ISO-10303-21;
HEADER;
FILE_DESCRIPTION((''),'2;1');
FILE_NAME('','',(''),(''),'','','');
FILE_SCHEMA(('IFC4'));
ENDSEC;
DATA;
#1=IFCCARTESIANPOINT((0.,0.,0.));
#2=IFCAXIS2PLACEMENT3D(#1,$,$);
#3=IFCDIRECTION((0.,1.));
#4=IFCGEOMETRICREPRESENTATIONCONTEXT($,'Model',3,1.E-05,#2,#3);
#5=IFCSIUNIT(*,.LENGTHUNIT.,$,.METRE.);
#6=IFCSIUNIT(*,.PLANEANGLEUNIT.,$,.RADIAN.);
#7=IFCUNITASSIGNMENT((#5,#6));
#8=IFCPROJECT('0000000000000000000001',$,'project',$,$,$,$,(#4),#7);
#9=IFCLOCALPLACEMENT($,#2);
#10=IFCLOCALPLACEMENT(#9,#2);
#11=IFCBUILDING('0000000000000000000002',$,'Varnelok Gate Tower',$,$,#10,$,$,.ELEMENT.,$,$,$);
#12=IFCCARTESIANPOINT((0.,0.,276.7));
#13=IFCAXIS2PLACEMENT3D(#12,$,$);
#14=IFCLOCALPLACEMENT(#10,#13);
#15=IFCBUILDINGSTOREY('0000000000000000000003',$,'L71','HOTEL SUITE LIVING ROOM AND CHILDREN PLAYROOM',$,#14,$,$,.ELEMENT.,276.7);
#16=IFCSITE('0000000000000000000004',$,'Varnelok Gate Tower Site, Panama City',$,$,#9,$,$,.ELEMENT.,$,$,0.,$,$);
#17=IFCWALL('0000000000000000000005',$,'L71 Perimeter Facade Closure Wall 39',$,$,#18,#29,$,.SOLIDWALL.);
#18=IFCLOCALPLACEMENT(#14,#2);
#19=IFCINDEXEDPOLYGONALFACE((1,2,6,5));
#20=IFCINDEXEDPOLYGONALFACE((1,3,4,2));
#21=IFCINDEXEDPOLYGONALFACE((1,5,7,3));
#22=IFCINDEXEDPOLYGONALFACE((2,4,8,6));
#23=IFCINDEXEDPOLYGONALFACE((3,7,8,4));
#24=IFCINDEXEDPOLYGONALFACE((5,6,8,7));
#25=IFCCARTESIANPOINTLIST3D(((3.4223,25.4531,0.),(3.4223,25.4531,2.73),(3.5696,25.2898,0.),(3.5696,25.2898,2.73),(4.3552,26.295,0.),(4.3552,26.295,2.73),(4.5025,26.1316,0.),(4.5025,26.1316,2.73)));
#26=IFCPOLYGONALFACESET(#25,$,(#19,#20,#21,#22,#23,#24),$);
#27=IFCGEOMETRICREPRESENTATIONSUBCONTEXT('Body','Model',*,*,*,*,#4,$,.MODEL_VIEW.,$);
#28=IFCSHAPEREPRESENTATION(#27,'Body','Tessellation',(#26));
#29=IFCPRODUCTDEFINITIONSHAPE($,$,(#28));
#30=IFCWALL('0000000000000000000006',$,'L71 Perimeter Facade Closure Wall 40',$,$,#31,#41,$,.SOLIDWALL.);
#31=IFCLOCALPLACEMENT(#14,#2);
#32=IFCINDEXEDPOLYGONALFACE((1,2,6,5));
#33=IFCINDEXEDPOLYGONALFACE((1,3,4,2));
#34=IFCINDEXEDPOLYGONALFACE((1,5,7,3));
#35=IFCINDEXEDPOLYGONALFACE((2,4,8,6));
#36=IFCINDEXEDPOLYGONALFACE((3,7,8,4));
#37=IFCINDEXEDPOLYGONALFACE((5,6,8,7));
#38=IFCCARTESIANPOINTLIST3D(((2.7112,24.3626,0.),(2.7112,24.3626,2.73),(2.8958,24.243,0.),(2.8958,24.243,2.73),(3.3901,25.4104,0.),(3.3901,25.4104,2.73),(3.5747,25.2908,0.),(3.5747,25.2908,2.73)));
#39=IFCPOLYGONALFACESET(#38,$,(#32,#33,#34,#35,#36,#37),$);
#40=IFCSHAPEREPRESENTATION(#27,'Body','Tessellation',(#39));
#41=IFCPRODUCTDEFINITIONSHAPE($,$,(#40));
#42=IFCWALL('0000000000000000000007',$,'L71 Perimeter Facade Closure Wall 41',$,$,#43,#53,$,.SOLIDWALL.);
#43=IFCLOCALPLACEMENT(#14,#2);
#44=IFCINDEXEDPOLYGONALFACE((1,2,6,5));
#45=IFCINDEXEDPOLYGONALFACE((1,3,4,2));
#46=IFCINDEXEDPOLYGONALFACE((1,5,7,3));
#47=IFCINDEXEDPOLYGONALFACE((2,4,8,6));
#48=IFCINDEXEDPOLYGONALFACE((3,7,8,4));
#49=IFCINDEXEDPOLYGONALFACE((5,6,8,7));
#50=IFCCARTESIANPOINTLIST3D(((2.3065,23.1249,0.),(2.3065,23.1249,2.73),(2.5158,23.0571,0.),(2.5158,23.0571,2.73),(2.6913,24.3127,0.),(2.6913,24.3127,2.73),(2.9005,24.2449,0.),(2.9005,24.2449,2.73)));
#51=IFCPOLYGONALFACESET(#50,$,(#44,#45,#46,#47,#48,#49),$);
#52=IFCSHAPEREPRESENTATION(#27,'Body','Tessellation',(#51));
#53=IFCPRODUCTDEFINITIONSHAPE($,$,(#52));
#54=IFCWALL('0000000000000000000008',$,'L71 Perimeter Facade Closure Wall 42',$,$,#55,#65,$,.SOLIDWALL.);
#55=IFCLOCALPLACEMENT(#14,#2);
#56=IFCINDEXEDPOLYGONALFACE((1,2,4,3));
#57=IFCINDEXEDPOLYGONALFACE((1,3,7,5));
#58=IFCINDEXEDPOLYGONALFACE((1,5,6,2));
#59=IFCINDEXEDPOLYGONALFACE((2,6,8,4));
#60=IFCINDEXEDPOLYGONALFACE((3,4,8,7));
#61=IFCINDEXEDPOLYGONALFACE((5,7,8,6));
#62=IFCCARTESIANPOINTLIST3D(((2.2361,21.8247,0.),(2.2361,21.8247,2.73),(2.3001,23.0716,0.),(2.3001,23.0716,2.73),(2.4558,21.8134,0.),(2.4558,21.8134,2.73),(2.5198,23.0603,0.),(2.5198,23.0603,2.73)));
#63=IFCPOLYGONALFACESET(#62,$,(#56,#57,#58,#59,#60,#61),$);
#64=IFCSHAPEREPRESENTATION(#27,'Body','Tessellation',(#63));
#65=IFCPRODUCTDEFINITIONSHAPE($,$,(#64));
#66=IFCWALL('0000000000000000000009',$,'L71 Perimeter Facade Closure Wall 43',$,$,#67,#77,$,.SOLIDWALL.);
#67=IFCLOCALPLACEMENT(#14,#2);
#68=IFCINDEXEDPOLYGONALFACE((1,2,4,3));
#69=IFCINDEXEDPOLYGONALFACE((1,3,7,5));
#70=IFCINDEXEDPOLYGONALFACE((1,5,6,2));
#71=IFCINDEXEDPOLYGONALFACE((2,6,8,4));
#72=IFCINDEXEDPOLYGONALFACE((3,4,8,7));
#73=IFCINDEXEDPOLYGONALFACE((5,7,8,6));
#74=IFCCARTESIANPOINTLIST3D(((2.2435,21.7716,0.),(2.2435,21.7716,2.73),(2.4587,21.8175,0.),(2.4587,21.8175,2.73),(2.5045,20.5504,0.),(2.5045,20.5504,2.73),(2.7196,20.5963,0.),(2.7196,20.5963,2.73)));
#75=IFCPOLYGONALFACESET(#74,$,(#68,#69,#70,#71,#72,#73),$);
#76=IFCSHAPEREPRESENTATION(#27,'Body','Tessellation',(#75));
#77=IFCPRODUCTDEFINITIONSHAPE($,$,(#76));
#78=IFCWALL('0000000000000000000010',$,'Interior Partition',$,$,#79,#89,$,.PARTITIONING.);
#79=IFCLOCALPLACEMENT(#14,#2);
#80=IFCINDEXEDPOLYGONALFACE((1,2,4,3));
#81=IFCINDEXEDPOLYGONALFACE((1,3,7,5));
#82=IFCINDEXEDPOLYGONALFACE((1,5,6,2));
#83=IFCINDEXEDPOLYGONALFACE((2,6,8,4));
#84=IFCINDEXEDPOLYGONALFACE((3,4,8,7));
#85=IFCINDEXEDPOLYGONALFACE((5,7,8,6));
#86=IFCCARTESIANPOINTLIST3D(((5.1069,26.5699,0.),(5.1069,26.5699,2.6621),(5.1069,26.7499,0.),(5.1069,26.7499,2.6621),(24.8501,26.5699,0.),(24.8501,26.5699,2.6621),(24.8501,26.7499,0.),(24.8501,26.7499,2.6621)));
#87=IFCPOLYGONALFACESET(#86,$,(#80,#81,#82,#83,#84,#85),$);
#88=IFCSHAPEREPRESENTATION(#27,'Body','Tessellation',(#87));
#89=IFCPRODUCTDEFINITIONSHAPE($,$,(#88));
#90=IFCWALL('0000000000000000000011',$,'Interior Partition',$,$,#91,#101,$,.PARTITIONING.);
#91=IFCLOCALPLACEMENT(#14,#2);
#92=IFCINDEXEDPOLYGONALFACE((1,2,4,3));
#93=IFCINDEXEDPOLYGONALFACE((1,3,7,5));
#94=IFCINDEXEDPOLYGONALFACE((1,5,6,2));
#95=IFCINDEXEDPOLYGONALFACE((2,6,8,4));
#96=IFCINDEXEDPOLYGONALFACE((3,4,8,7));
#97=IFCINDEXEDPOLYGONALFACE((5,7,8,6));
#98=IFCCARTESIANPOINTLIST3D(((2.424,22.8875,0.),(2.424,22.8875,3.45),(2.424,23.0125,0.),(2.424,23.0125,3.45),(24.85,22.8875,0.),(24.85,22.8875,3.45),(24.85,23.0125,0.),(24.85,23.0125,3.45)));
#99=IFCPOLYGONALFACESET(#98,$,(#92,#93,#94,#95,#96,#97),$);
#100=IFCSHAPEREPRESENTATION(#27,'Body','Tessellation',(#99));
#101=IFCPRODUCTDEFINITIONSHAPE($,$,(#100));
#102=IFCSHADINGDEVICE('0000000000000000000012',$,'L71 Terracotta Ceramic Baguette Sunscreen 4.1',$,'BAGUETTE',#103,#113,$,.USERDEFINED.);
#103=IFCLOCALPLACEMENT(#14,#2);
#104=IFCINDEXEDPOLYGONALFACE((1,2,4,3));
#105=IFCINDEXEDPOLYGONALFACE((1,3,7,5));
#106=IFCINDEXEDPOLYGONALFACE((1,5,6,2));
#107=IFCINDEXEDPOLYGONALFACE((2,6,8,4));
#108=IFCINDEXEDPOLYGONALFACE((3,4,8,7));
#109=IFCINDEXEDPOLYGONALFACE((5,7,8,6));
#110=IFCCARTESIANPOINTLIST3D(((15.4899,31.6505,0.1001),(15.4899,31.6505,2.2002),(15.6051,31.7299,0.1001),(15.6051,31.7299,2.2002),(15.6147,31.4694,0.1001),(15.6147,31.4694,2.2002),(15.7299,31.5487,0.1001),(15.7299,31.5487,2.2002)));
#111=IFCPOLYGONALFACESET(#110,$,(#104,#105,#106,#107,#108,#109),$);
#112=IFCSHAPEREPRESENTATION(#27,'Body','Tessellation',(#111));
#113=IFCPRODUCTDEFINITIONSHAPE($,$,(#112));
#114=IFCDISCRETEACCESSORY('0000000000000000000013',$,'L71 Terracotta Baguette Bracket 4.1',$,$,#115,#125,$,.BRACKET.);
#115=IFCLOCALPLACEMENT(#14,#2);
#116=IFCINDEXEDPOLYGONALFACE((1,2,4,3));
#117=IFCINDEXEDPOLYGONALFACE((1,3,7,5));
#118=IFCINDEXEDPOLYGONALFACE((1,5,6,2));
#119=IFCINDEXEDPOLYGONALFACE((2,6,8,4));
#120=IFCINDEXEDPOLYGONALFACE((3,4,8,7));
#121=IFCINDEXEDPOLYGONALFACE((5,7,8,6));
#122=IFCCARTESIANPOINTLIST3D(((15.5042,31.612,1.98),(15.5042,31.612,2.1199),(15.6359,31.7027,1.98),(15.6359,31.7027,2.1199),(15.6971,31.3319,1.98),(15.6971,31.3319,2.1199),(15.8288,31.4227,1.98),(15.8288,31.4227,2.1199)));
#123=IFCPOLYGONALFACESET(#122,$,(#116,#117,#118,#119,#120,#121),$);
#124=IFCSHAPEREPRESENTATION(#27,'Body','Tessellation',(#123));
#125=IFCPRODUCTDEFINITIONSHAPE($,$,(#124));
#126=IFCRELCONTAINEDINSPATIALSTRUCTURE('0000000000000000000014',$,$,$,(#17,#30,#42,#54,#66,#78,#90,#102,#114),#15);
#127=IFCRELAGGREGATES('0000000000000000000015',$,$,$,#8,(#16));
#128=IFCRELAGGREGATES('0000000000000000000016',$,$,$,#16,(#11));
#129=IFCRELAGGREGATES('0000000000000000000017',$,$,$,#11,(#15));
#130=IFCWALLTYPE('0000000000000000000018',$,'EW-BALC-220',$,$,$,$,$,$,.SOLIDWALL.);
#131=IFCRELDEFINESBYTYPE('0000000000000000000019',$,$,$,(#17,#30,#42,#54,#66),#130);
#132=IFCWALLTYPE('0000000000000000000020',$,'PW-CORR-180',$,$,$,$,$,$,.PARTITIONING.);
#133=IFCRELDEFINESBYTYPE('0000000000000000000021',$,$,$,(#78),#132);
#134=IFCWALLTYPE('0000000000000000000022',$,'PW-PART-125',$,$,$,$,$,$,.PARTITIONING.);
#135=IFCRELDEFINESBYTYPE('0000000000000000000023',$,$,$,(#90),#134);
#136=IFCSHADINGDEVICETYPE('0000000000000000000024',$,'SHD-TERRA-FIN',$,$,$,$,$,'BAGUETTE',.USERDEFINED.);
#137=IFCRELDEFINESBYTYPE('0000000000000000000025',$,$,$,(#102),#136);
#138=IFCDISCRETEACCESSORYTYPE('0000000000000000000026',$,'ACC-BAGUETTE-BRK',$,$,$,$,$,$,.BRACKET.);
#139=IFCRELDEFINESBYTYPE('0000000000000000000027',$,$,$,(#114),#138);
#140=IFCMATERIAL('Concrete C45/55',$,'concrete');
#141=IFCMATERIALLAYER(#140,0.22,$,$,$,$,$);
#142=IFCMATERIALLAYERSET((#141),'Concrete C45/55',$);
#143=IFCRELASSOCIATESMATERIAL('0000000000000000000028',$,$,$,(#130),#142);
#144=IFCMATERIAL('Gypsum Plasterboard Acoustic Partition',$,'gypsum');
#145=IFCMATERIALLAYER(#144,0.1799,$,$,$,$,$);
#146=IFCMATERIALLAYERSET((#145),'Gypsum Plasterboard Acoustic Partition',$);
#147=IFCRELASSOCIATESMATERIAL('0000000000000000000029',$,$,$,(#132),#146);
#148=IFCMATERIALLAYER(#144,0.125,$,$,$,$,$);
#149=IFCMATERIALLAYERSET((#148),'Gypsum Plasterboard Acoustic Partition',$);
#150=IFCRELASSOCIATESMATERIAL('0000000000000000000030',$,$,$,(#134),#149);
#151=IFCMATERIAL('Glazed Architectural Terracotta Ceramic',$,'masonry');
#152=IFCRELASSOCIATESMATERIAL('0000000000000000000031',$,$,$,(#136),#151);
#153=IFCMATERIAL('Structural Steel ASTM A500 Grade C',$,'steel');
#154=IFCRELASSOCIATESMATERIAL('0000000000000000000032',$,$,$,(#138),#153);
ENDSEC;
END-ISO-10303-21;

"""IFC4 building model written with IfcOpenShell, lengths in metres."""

from ifc_helpers import new_model, si_unit, direction, frame, frame_2d, origin, origin_2d, place, context, subcontext, project, spatial, rectangle, extrude, source, transform, mapped, material, layer, layer_set, type_object, element, save


model = new_model("IFC4")

# Units and contexts
model_context = context("Model", 3, precision=1e-05, world=origin(), true_north=direction((0.0, 1.0)))
body_context = subcontext(model_context, "Body", "Model", "MODEL_VIEW")
ifc_project = project(units=[si_unit("LENGTHUNIT", "METRE"), si_unit("PLANEANGLEUNIT", "RADIAN")], contexts=[model_context])

# Site, building, storey
site_placement = place(None, origin())
site = spatial("IfcSite", under=ifc_project, at=site_placement, Name="Varnelok Gate Tower Site, Panama City", CompositionType="ELEMENT", RefElevation=0.0)
building_placement = place(site_placement, origin())
building = spatial("IfcBuilding", under=site, at=building_placement, Name="Varnelok Gate Tower", CompositionType="ELEMENT")
storey_placement = place(building_placement, frame((0.0, 0.0, 276.7)))
storey = spatial("IfcBuildingStorey", under=building, at=storey_placement, Name="L71", Description="HOTEL SUITE LIVING ROOM AND CHILDREN PLAYROOM", CompositionType="ELEMENT", Elevation=276.7)

# Shared definitions
ifc_material_1 = material(Name="Concrete C45/55", Category="concrete")
ifc_layer_1 = layer(ifc_material_1, 0.22)
ifc_layer_set_1 = layer_set([ifc_layer_1], Name="Concrete C45/55")
wall_type_1 = type_object("IfcWallType", Name="EW-BALC-220", PredefinedType="SOLIDWALL", material=ifc_layer_set_1)

# Walls
wall_1_placement = place(storey_placement, frame((4.429, 26.2134, 0.0), z_axis=(0.0, 0.0, 1.0), x_axis=(-0.742414, -0.669941, 0.0)))
element("IfcWall", 1, at=wall_1_placement, inside=storey, type_object=wall_type_1, Name="L71 Perimeter Facade Closure Wall 39", PredefinedType="SOLIDWALL", context=body_context, shape_type="SweptSolid", body=[
    extrude(rectangle(XDim=1.2566, YDim=0.22, at=frame_2d((0.6284, 0.0))), origin(), (0.0, 0.0, 1.0), 2.73),
])
for number, where, z_axis, x_axis, name in (
    (2, (3.4824, 25.3506, 0.0), (0.0, 0.0, 1.0), (-0.543778, -0.839229, 0.0), "L71 Perimeter Facade Closure Wall 40"),
    (3, (2.7959, 24.2788, 0.0), (0.0, 0.0, 1.0), (-0.30818, -0.951328, 0.0), "L71 Perimeter Facade Closure Wall 41"),
    (4, (2.4099, 23.0659, 0.0), (0.0, 0.0, 1.0), (-0.051235, -0.998687, 0.0), "L71 Perimeter Facade Closure Wall 42"),
):
    element("IfcWall", number, at=place(storey_placement, frame(where, z_axis=z_axis, x_axis=x_axis)), inside=storey, type_object=wall_type_1, Name=name, PredefinedType="SOLIDWALL", context=body_context, shape_type="SweptSolid", body=[
        extrude(rectangle(XDim=1.2485, YDim=0.22, at=frame_2d((0.6243, 0.0))), origin(), (0.0, 0.0, 1.0), 2.73),
    ])
wall_2_placement = place(storey_placement, frame((2.3511, 21.7947, 0.0), z_axis=(0.0, 0.0, 1.0), x_axis=(0.208995, -0.977917, 0.0)))
element("IfcWall", 5, at=wall_2_placement, inside=storey, type_object=wall_type_1, Name="L71 Perimeter Facade Closure Wall 43", PredefinedType="SOLIDWALL", context=body_context, shape_type="SweptSolid", body=[
    extrude(rectangle(XDim=1.2488, YDim=0.22, at=frame_2d((0.6245, 0.0))), origin(), (0.0, 0.0, 1.0), 2.73),
])
ifc_material_2 = material(Name="Gypsum Plasterboard Acoustic Partition", Category="gypsum")
ifc_layer_2 = layer(ifc_material_2, 0.1799)
ifc_layer_set_2 = layer_set([ifc_layer_2], Name="Gypsum Plasterboard Acoustic Partition")
wall_type_2 = type_object("IfcWallType", Name="PW-CORR-180", PredefinedType="PARTITIONING", material=ifc_layer_set_2)
wall_3_placement = place(storey_placement, frame((5.1069, 26.6599, 0.0), z_axis=(0.0, 0.0, 1.0), x_axis=(1.0, 0.0, 0.0)))
element("IfcWall", 6, at=wall_3_placement, inside=storey, type_object=wall_type_2, Name="Interior Partition", PredefinedType="PARTITIONING", context=body_context, shape_type="SweptSolid", body=[
    extrude(rectangle(XDim=19.7432, YDim=0.1799, at=frame_2d((9.8716, 0.0))), origin(), (0.0, 0.0, 1.0), 2.6621),
])
ifc_layer_3 = layer(ifc_material_2, 0.125)
ifc_layer_set_3 = layer_set([ifc_layer_3], Name="Gypsum Plasterboard Acoustic Partition")
wall_type_3 = type_object("IfcWallType", Name="PW-PART-125", PredefinedType="PARTITIONING", material=ifc_layer_set_3)
wall_4_placement = place(storey_placement, frame((2.4241, 22.95, 0.0), z_axis=(0.0, 0.0, 1.0), x_axis=(1.0, 0.0, 0.0)))
element("IfcWall", 7, at=wall_4_placement, inside=storey, type_object=wall_type_3, Name="Interior Partition", PredefinedType="PARTITIONING", context=body_context, shape_type="SweptSolid", body=[
    extrude(rectangle(XDim=22.426, YDim=0.125, at=frame_2d((11.2129, 0.0))), origin(), (0.0, 0.0, 1.0), 3.45),
])

# Shading device
ifc_material_3 = material(Name="Glazed Architectural Terracotta Ceramic", Category="masonry")
shading_device_type = type_object("IfcShadingDeviceType", Name="SHD-TERRA-FIN", ElementType="BAGUETTE", PredefinedType="USERDEFINED", material=ifc_material_3)
shared_shape_1 = source(origin(), body_context, "Body", "SweptSolid", [
    extrude(rectangle(XDim=0.1399, YDim=0.22, at=origin_2d()), origin(), (0.0, 0.0, 1.0), 2.1001),
])
shading_device_placement = place(storey_placement, frame((15.6099, 31.5996, 0.1001), z_axis=(0.0, 0.0, 1.0), x_axis=(0.823533, 0.567269, 0.0)))
element("IfcShadingDevice", 8, at=shading_device_placement, inside=storey, type_object=shading_device_type, Name="L71 Terracotta Ceramic Baguette Sunscreen 4.1", ObjectType="BAGUETTE", PredefinedType="USERDEFINED", context=body_context, shape_type="MappedRepresentation", body=[
    mapped(shared_shape_1, transform((0.0, 0.0, 0.0), scale=1.0)),
])

# Discrete accessory
ifc_material_4 = material(Name="Structural Steel ASTM A500 Grade C", Category="steel")
discrete_accessory_type = type_object("IfcDiscreteAccessoryType", Name="ACC-BAGUETTE-BRK", PredefinedType="BRACKET", material=ifc_material_4)
shared_shape_2 = source(origin(), body_context, "Body", "SweptSolid", [
    extrude(rectangle(XDim=0.1599, YDim=0.3401, at=origin_2d()), origin(), (0.0, 0.0, 1.0), 0.1399),
])
discrete_accessory_placement = place(storey_placement, frame((15.6665, 31.5173, 1.98), z_axis=(0.0, 0.0, 1.0), x_axis=(0.823533, 0.567269, 0.0)))
element("IfcDiscreteAccessory", 9, at=discrete_accessory_placement, inside=storey, type_object=discrete_accessory_type, Name="L71 Terracotta Baguette Bracket 4.1", PredefinedType="BRACKET", context=body_context, shape_type="MappedRepresentation", body=[
    mapped(shared_shape_2, transform((0.0, 0.0, 0.0), scale=1.0)),
])

save(model, "model.ifc")
